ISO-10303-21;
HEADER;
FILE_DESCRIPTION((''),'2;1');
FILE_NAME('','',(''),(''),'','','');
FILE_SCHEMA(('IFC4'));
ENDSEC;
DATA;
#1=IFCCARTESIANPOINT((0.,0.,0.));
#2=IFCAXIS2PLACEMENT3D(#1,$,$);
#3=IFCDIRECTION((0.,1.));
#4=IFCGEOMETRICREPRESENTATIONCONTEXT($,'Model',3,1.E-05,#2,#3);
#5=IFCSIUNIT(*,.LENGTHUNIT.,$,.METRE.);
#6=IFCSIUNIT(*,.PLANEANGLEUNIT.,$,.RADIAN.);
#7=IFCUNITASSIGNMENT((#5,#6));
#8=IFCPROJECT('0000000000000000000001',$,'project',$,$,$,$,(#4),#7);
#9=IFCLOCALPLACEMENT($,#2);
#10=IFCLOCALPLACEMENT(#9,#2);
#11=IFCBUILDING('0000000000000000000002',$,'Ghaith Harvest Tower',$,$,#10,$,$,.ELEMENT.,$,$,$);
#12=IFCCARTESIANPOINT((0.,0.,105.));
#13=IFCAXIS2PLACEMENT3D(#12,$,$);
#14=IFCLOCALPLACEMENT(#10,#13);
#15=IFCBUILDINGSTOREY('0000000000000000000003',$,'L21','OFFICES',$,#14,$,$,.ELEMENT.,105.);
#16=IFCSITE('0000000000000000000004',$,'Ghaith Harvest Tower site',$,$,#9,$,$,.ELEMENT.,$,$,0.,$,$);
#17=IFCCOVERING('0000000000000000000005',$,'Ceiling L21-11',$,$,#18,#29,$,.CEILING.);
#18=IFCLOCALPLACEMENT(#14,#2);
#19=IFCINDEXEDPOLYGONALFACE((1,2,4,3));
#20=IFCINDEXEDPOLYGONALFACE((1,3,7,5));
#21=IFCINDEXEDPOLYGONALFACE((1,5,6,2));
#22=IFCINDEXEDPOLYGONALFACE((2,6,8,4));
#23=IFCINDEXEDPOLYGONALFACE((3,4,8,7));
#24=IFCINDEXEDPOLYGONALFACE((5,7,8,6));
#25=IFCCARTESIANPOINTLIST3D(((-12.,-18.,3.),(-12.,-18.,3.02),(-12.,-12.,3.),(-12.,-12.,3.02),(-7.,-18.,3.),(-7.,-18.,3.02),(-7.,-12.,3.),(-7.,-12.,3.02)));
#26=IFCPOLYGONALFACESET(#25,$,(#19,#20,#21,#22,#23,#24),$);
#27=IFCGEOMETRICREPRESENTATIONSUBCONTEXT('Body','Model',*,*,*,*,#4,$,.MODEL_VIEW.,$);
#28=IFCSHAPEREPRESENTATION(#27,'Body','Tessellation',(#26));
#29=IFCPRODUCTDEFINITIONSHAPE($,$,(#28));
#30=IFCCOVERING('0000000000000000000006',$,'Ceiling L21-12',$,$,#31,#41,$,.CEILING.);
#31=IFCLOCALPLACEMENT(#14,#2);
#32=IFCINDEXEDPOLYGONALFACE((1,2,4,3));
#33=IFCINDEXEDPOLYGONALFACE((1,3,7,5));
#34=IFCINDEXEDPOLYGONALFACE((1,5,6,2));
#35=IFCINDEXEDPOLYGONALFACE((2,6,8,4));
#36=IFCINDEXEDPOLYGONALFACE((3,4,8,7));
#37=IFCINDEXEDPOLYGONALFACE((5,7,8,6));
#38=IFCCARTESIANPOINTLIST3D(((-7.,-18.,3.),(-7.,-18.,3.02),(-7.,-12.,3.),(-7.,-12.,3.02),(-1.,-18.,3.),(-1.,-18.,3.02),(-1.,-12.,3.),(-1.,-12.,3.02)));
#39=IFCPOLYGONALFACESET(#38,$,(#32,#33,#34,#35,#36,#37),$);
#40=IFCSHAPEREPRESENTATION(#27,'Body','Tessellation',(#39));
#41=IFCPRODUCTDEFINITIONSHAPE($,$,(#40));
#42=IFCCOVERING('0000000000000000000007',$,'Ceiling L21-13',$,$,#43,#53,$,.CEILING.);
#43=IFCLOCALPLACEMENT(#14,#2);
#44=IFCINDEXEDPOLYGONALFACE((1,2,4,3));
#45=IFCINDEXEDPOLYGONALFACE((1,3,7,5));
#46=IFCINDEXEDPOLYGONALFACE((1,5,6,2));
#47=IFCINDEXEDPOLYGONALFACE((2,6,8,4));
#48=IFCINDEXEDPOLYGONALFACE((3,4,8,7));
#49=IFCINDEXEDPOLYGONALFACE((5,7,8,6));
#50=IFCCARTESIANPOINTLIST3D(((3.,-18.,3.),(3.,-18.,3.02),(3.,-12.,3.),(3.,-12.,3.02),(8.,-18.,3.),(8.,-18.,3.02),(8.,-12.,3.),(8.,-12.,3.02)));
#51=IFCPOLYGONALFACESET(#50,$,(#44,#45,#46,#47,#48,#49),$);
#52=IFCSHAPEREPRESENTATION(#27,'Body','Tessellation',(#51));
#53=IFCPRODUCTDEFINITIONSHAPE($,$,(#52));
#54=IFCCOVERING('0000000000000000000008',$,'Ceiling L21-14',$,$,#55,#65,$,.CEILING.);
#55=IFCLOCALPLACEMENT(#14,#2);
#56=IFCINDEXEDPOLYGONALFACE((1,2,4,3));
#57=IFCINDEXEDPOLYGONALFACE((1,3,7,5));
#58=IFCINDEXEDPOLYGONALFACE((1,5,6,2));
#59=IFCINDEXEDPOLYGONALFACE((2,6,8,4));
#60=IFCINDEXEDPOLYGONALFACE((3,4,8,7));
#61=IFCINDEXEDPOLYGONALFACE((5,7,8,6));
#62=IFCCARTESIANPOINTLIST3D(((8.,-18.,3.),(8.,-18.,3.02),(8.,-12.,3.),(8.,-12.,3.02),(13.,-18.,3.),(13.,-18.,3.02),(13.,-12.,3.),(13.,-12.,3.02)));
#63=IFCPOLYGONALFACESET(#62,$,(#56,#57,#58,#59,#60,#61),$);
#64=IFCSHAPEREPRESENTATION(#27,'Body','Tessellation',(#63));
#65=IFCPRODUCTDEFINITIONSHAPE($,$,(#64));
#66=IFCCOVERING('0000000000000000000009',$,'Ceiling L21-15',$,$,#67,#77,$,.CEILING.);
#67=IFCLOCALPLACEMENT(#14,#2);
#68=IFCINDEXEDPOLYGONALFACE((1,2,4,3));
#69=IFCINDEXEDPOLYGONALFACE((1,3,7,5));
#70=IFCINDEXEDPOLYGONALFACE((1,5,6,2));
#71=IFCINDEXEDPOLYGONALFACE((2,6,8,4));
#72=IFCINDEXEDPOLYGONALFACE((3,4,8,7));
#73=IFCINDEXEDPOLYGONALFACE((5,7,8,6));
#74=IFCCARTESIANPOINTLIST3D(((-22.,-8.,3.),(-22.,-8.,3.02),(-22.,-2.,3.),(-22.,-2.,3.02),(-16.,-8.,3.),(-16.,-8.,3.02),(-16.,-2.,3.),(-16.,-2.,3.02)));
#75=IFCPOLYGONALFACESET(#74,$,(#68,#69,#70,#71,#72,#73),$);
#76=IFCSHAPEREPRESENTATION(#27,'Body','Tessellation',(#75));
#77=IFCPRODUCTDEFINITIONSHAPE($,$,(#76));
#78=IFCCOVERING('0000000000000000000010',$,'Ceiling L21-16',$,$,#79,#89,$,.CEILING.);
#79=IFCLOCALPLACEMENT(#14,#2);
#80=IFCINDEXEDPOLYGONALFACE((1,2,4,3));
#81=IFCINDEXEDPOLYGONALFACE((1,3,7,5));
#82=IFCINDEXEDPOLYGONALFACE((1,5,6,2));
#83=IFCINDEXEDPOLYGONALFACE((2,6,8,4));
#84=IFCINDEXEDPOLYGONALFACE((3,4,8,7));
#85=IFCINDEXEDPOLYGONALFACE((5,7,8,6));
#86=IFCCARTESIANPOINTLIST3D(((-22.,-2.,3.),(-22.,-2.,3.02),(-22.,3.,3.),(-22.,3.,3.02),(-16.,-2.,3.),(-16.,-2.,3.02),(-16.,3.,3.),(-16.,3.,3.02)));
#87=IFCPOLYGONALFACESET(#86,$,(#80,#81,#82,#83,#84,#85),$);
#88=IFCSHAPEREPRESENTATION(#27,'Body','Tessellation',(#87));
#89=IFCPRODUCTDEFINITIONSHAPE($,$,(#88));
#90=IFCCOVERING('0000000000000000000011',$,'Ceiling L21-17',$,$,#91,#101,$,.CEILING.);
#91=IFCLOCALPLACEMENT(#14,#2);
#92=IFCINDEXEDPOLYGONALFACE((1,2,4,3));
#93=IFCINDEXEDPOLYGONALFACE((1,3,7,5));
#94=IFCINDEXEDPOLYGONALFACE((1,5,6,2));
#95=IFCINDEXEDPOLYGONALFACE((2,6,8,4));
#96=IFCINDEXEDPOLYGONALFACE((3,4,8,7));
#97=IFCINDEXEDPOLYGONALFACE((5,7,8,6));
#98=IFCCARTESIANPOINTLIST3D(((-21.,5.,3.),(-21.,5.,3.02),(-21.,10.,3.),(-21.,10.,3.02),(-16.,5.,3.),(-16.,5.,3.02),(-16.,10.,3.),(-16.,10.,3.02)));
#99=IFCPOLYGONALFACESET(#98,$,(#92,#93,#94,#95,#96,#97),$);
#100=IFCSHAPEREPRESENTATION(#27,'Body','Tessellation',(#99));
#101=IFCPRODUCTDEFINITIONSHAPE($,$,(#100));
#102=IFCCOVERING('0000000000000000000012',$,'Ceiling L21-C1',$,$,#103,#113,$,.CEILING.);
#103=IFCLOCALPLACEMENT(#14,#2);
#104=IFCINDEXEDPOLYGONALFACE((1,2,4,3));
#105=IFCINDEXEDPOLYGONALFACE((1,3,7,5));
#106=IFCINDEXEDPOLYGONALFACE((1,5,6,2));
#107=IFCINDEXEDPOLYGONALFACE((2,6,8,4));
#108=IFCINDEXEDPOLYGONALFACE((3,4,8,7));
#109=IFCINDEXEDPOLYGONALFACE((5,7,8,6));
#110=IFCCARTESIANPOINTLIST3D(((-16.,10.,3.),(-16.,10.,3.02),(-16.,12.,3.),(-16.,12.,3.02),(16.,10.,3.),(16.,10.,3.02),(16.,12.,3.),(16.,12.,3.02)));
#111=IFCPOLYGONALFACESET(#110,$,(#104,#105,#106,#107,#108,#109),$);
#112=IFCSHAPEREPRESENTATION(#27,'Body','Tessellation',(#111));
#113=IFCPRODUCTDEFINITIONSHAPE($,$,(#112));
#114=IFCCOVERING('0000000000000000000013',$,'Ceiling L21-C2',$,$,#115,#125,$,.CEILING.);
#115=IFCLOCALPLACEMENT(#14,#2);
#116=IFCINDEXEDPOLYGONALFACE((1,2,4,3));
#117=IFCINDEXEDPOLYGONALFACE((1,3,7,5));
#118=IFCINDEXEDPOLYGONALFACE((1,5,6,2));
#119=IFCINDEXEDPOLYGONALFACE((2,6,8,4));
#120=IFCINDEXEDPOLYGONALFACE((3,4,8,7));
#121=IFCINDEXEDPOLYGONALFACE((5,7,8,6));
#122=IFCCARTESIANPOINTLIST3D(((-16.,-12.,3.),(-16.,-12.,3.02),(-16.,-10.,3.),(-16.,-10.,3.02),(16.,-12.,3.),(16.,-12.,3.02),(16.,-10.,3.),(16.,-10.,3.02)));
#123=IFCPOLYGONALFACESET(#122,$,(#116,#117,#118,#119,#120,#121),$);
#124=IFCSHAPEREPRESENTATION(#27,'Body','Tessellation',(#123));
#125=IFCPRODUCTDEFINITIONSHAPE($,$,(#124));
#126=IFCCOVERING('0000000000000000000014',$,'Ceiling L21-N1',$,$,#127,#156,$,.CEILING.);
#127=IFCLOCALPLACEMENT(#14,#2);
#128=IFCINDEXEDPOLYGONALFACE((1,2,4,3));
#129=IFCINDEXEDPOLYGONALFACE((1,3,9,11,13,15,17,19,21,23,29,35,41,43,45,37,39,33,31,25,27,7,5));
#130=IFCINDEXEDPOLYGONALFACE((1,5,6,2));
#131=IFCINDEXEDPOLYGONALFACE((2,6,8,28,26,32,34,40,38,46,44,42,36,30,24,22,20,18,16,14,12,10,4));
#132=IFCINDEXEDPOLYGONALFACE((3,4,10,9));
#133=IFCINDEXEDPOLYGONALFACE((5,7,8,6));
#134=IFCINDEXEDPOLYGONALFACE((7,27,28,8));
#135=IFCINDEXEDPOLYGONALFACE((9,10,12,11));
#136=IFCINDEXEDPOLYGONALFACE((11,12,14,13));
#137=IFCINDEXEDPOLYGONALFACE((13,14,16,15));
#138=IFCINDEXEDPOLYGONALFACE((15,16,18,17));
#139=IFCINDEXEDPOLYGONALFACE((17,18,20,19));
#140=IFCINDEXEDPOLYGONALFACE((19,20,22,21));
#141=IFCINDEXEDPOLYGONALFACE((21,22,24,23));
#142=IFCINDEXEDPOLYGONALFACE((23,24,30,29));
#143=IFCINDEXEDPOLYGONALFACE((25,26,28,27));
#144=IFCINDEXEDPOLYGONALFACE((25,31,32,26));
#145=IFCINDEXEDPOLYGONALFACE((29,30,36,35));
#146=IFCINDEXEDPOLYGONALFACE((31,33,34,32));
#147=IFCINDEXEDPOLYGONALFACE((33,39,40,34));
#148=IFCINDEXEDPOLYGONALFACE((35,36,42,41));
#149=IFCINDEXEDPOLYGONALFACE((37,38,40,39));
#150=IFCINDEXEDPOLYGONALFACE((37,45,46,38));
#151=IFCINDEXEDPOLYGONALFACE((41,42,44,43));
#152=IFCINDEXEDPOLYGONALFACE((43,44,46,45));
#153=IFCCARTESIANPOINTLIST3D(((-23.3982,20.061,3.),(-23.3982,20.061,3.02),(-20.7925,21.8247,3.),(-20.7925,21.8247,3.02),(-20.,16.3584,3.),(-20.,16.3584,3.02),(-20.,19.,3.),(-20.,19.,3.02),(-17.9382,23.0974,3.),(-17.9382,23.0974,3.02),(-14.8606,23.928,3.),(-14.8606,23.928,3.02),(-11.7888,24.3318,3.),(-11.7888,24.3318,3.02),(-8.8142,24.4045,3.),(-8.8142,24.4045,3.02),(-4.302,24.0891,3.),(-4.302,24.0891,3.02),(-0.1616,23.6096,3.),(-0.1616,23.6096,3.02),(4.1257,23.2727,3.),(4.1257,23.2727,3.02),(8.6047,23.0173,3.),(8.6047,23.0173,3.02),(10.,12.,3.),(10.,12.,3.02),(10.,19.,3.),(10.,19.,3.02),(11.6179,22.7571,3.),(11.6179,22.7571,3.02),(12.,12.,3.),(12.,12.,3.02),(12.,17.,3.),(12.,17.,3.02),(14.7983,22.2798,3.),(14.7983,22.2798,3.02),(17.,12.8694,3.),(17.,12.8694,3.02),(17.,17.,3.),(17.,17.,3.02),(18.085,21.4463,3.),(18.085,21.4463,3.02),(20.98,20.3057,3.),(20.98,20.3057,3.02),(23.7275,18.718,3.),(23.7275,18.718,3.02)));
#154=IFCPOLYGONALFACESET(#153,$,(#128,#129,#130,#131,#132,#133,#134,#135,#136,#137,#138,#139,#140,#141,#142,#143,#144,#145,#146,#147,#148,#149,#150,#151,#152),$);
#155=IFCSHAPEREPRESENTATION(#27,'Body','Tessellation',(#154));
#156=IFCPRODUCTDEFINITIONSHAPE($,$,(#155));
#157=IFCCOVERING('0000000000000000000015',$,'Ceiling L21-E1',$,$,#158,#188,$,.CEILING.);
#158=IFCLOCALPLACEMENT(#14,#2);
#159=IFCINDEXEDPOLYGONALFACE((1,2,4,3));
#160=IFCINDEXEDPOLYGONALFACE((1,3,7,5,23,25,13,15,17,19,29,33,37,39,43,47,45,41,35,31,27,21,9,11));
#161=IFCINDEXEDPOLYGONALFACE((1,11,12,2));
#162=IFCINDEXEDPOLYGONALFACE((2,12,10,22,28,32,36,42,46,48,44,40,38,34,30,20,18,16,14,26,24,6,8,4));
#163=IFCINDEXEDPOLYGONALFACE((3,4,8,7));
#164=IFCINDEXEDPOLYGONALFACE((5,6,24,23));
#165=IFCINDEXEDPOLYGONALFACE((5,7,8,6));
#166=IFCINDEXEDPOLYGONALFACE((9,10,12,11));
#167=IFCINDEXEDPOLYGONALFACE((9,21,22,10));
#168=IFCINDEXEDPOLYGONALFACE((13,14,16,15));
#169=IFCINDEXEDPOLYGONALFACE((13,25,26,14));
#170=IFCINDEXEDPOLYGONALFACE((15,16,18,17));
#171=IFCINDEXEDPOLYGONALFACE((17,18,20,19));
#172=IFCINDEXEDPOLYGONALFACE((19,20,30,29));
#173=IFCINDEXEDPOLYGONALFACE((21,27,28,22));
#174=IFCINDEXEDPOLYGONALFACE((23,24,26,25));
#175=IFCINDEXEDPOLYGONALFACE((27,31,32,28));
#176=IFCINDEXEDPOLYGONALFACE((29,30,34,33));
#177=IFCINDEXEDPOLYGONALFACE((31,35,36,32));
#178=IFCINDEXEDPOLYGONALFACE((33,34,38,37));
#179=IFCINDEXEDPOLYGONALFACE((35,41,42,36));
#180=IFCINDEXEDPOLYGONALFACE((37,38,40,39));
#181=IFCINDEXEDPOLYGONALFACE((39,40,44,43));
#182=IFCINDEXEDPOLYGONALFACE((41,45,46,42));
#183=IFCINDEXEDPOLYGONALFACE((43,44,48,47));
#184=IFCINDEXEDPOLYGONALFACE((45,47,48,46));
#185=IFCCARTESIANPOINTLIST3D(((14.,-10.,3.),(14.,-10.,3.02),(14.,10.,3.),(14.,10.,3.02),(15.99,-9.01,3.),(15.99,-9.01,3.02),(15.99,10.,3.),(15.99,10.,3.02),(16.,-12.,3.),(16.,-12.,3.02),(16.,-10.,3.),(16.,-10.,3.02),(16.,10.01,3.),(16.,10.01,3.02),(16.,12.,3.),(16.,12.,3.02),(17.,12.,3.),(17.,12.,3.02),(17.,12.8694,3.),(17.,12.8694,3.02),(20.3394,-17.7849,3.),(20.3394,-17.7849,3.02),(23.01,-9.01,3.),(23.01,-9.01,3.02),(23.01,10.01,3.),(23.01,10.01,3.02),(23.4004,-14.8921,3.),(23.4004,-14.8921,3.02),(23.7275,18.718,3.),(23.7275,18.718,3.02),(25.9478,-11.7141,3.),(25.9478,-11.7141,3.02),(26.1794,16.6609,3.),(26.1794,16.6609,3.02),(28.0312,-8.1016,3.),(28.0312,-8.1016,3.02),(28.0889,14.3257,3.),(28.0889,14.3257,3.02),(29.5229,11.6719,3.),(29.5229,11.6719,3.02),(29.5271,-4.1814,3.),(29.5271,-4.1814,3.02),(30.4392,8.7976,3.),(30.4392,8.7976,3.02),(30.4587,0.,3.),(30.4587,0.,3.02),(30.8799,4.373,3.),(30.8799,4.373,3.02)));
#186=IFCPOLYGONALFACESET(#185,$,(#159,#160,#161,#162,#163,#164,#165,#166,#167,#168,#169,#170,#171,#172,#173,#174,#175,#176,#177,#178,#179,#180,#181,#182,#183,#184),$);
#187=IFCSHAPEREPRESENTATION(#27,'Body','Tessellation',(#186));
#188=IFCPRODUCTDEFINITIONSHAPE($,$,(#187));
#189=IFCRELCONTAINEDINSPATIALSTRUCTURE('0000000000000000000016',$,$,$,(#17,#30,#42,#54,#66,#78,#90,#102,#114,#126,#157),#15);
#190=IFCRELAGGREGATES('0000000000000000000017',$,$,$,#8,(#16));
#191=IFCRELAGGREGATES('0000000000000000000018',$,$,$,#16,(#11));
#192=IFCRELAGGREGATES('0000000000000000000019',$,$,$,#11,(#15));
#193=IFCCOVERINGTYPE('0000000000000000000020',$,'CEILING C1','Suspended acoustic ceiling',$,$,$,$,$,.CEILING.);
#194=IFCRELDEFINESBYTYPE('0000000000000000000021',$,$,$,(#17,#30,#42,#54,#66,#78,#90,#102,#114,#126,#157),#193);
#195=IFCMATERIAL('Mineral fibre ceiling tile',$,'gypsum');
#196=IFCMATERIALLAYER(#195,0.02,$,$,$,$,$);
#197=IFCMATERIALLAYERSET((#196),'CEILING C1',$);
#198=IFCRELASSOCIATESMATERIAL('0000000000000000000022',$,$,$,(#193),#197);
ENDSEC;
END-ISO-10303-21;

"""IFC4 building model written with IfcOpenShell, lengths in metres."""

from ifc_helpers import new_model, si_unit, direction, frame, origin, place, context, subcontext, project, spatial, polyline, outline, extrude, material, layer, layer_set, type_object, element, save


model = new_model("IFC4")

# Units and contexts
model_context = context("Model", 3, precision=1e-05, world=origin(), true_north=direction((0.0, 1.0)))
body_context = subcontext(model_context, "Body", "Model", "MODEL_VIEW")
ifc_project = project(units=[si_unit("LENGTHUNIT", "METRE"), si_unit("PLANEANGLEUNIT", "RADIAN")], contexts=[model_context])

# Site, building, storey
site_placement = place(None, origin())
site = spatial("IfcSite", under=ifc_project, at=site_placement, Name="Ghaith Harvest Tower site", CompositionType="ELEMENT", RefElevation=0.0)
building_placement = place(site_placement, origin())
building = spatial("IfcBuilding", under=site, at=building_placement, Name="Ghaith Harvest Tower", CompositionType="ELEMENT")
storey_placement = place(building_placement, frame((0.0, 0.0, 105.0)))
storey = spatial("IfcBuildingStorey", under=building, at=storey_placement, Name="L21", Description="OFFICES", CompositionType="ELEMENT", Elevation=105.0)

# Coverings
ifc_material_1 = material(Name="Mineral fibre ceiling tile", Category="gypsum")
ifc_layer_1 = layer(ifc_material_1, 0.02)
ifc_layer_set_1 = layer_set([ifc_layer_1], Name="CEILING C1")
covering_type = type_object("IfcCoveringType", Name="CEILING C1", Description="Suspended acoustic ceiling", PredefinedType="CEILING", material=ifc_layer_set_1)
covering_1_placement = place(storey_placement, frame((0.0, 0.0, 3.0)))
element("IfcCovering", 1, at=covering_1_placement, inside=storey, type_object=covering_type, Name="Ceiling L21-11", PredefinedType="CEILING", context=body_context, shape_type="SweptSolid", body=[
    extrude(outline(polyline([(-12.0, -18.0), (-7.0, -18.0), (-7.0, -12.0), (-12.0, -12.0), (-12.0, -18.0)])), origin(), (0.0, 0.0, 1.0), 0.02),
])
covering_2_placement = place(storey_placement, frame((0.0, 0.0, 3.0)))
element("IfcCovering", 2, at=covering_2_placement, inside=storey, type_object=covering_type, Name="Ceiling L21-12", PredefinedType="CEILING", context=body_context, shape_type="SweptSolid", body=[
    extrude(outline(polyline([(-7.0, -18.0), (-1.0, -18.0), (-1.0, -12.0), (-7.0, -12.0), (-7.0, -18.0)])), origin(), (0.0, 0.0, 1.0), 0.02),
])
covering_3_placement = place(storey_placement, frame((0.0, 0.0, 3.0)))
element("IfcCovering", 3, at=covering_3_placement, inside=storey, type_object=covering_type, Name="Ceiling L21-13", PredefinedType="CEILING", context=body_context, shape_type="SweptSolid", body=[
    extrude(outline(polyline([(3.0, -18.0), (8.0, -18.0), (8.0, -12.0), (3.0, -12.0), (3.0, -18.0)])), origin(), (0.0, 0.0, 1.0), 0.02),
])
covering_4_placement = place(storey_placement, frame((0.0, 0.0, 3.0)))
element("IfcCovering", 4, at=covering_4_placement, inside=storey, type_object=covering_type, Name="Ceiling L21-14", PredefinedType="CEILING", context=body_context, shape_type="SweptSolid", body=[
    extrude(outline(polyline([(8.0, -18.0), (13.0, -18.0), (13.0, -12.0), (8.0, -12.0), (8.0, -18.0)])), origin(), (0.0, 0.0, 1.0), 0.02),
])
covering_5_placement = place(storey_placement, frame((0.0, 0.0, 3.0)))
element("IfcCovering", 5, at=covering_5_placement, inside=storey, type_object=covering_type, Name="Ceiling L21-15", PredefinedType="CEILING", context=body_context, shape_type="SweptSolid", body=[
    extrude(outline(polyline([(-22.0, -8.0), (-16.0, -8.0), (-16.0, -2.0), (-22.0, -2.0), (-22.0, -8.0)])), origin(), (0.0, 0.0, 1.0), 0.02),
])
covering_6_placement = place(storey_placement, frame((0.0, 0.0, 3.0)))
element("IfcCovering", 6, at=covering_6_placement, inside=storey, type_object=covering_type, Name="Ceiling L21-16", PredefinedType="CEILING", context=body_context, shape_type="SweptSolid", body=[
    extrude(outline(polyline([(-22.0, -2.0), (-16.0, -2.0), (-16.0, 3.0), (-22.0, 3.0), (-22.0, -2.0)])), origin(), (0.0, 0.0, 1.0), 0.02),
])
covering_7_placement = place(storey_placement, frame((0.0, 0.0, 3.0)))
element("IfcCovering", 7, at=covering_7_placement, inside=storey, type_object=covering_type, Name="Ceiling L21-17", PredefinedType="CEILING", context=body_context, shape_type="SweptSolid", body=[
    extrude(outline(polyline([(-21.0, 5.0), (-16.0, 5.0), (-16.0, 10.0), (-21.0, 10.0), (-21.0, 5.0)])), origin(), (0.0, 0.0, 1.0), 0.02),
])
covering_8_placement = place(storey_placement, frame((0.0, 0.0, 3.0)))
element("IfcCovering", 8, at=covering_8_placement, inside=storey, type_object=covering_type, Name="Ceiling L21-C1", PredefinedType="CEILING", context=body_context, shape_type="SweptSolid", body=[
    extrude(outline(polyline([(16.0, 10.0), (-16.0, 10.0), (-16.0, 12.0), (16.0, 12.0), (16.0, 10.0)])), origin(), (0.0, 0.0, 1.0), 0.02),
])
covering_9_placement = place(storey_placement, frame((0.0, 0.0, 3.0)))
element("IfcCovering", 9, at=covering_9_placement, inside=storey, type_object=covering_type, Name="Ceiling L21-C2", PredefinedType="CEILING", context=body_context, shape_type="SweptSolid", body=[
    extrude(outline(polyline([(-16.0, -10.0), (16.0, -10.0), (16.0, -12.0), (-16.0, -12.0), (-16.0, -10.0)])), origin(), (0.0, 0.0, 1.0), 0.02),
])
covering_10_placement = place(storey_placement, frame((0.0, 0.0, 3.0)))
element("IfcCovering", 10, at=covering_10_placement, inside=storey, type_object=covering_type, Name="Ceiling L21-N1", PredefinedType="CEILING", context=body_context, shape_type="SweptSolid", body=[
    extrude(outline(polyline([(-20.7925, 21.8247), (-17.9382, 23.0974), (-14.8606, 23.928), (-11.7888, 24.3318), (-8.8142, 24.4045), (-4.302, 24.0891), (-0.1616, 23.6096), (4.1257, 23.2727), (8.6047, 23.0173), (11.6179, 22.7571), (14.7983, 22.2798), (18.085, 21.4463), (20.98, 20.3057), (23.7275, 18.718), (17.0, 12.8694), (17.0, 17.0), (12.0, 17.0), (12.0, 12.0), (10.0, 12.0), (10.0, 19.0), (-20.0, 19.0), (-20.0, 16.3584), (-23.3982, 20.061), (-20.7925, 21.8247)])), origin(), (0.0, 0.0, 1.0), 0.02),
])
covering_11_placement = place(storey_placement, frame((0.0, 0.0, 3.0)))
element("IfcCovering", 11, at=covering_11_placement, inside=storey, type_object=covering_type, Name="Ceiling L21-E1", PredefinedType="CEILING", context=body_context, shape_type="SweptSolid", body=[
    extrude(outline(polyline([(28.0889, 14.3257), (29.5229, 11.6719), (30.4392, 8.7976), (30.8799, 4.373), (30.4587, 0.0), (29.5271, -4.1814), (28.0312, -8.1016), (25.9478, -11.7141), (23.4004, -14.8921), (20.3394, -17.7849), (16.0, -12.0), (16.0, -10.0), (14.0, -10.0), (14.0, 10.0), (15.99, 10.0), (15.99, -9.01), (23.01, -9.01), (23.01, 10.01), (16.0, 10.01), (16.0, 12.0), (17.0, 12.0), (17.0, 12.8694), (23.7275, 18.718), (26.1794, 16.6609), (28.0889, 14.3257)])), origin(), (0.0, 0.0, 1.0), 0.02),
])

save(model, "model.ifc")
